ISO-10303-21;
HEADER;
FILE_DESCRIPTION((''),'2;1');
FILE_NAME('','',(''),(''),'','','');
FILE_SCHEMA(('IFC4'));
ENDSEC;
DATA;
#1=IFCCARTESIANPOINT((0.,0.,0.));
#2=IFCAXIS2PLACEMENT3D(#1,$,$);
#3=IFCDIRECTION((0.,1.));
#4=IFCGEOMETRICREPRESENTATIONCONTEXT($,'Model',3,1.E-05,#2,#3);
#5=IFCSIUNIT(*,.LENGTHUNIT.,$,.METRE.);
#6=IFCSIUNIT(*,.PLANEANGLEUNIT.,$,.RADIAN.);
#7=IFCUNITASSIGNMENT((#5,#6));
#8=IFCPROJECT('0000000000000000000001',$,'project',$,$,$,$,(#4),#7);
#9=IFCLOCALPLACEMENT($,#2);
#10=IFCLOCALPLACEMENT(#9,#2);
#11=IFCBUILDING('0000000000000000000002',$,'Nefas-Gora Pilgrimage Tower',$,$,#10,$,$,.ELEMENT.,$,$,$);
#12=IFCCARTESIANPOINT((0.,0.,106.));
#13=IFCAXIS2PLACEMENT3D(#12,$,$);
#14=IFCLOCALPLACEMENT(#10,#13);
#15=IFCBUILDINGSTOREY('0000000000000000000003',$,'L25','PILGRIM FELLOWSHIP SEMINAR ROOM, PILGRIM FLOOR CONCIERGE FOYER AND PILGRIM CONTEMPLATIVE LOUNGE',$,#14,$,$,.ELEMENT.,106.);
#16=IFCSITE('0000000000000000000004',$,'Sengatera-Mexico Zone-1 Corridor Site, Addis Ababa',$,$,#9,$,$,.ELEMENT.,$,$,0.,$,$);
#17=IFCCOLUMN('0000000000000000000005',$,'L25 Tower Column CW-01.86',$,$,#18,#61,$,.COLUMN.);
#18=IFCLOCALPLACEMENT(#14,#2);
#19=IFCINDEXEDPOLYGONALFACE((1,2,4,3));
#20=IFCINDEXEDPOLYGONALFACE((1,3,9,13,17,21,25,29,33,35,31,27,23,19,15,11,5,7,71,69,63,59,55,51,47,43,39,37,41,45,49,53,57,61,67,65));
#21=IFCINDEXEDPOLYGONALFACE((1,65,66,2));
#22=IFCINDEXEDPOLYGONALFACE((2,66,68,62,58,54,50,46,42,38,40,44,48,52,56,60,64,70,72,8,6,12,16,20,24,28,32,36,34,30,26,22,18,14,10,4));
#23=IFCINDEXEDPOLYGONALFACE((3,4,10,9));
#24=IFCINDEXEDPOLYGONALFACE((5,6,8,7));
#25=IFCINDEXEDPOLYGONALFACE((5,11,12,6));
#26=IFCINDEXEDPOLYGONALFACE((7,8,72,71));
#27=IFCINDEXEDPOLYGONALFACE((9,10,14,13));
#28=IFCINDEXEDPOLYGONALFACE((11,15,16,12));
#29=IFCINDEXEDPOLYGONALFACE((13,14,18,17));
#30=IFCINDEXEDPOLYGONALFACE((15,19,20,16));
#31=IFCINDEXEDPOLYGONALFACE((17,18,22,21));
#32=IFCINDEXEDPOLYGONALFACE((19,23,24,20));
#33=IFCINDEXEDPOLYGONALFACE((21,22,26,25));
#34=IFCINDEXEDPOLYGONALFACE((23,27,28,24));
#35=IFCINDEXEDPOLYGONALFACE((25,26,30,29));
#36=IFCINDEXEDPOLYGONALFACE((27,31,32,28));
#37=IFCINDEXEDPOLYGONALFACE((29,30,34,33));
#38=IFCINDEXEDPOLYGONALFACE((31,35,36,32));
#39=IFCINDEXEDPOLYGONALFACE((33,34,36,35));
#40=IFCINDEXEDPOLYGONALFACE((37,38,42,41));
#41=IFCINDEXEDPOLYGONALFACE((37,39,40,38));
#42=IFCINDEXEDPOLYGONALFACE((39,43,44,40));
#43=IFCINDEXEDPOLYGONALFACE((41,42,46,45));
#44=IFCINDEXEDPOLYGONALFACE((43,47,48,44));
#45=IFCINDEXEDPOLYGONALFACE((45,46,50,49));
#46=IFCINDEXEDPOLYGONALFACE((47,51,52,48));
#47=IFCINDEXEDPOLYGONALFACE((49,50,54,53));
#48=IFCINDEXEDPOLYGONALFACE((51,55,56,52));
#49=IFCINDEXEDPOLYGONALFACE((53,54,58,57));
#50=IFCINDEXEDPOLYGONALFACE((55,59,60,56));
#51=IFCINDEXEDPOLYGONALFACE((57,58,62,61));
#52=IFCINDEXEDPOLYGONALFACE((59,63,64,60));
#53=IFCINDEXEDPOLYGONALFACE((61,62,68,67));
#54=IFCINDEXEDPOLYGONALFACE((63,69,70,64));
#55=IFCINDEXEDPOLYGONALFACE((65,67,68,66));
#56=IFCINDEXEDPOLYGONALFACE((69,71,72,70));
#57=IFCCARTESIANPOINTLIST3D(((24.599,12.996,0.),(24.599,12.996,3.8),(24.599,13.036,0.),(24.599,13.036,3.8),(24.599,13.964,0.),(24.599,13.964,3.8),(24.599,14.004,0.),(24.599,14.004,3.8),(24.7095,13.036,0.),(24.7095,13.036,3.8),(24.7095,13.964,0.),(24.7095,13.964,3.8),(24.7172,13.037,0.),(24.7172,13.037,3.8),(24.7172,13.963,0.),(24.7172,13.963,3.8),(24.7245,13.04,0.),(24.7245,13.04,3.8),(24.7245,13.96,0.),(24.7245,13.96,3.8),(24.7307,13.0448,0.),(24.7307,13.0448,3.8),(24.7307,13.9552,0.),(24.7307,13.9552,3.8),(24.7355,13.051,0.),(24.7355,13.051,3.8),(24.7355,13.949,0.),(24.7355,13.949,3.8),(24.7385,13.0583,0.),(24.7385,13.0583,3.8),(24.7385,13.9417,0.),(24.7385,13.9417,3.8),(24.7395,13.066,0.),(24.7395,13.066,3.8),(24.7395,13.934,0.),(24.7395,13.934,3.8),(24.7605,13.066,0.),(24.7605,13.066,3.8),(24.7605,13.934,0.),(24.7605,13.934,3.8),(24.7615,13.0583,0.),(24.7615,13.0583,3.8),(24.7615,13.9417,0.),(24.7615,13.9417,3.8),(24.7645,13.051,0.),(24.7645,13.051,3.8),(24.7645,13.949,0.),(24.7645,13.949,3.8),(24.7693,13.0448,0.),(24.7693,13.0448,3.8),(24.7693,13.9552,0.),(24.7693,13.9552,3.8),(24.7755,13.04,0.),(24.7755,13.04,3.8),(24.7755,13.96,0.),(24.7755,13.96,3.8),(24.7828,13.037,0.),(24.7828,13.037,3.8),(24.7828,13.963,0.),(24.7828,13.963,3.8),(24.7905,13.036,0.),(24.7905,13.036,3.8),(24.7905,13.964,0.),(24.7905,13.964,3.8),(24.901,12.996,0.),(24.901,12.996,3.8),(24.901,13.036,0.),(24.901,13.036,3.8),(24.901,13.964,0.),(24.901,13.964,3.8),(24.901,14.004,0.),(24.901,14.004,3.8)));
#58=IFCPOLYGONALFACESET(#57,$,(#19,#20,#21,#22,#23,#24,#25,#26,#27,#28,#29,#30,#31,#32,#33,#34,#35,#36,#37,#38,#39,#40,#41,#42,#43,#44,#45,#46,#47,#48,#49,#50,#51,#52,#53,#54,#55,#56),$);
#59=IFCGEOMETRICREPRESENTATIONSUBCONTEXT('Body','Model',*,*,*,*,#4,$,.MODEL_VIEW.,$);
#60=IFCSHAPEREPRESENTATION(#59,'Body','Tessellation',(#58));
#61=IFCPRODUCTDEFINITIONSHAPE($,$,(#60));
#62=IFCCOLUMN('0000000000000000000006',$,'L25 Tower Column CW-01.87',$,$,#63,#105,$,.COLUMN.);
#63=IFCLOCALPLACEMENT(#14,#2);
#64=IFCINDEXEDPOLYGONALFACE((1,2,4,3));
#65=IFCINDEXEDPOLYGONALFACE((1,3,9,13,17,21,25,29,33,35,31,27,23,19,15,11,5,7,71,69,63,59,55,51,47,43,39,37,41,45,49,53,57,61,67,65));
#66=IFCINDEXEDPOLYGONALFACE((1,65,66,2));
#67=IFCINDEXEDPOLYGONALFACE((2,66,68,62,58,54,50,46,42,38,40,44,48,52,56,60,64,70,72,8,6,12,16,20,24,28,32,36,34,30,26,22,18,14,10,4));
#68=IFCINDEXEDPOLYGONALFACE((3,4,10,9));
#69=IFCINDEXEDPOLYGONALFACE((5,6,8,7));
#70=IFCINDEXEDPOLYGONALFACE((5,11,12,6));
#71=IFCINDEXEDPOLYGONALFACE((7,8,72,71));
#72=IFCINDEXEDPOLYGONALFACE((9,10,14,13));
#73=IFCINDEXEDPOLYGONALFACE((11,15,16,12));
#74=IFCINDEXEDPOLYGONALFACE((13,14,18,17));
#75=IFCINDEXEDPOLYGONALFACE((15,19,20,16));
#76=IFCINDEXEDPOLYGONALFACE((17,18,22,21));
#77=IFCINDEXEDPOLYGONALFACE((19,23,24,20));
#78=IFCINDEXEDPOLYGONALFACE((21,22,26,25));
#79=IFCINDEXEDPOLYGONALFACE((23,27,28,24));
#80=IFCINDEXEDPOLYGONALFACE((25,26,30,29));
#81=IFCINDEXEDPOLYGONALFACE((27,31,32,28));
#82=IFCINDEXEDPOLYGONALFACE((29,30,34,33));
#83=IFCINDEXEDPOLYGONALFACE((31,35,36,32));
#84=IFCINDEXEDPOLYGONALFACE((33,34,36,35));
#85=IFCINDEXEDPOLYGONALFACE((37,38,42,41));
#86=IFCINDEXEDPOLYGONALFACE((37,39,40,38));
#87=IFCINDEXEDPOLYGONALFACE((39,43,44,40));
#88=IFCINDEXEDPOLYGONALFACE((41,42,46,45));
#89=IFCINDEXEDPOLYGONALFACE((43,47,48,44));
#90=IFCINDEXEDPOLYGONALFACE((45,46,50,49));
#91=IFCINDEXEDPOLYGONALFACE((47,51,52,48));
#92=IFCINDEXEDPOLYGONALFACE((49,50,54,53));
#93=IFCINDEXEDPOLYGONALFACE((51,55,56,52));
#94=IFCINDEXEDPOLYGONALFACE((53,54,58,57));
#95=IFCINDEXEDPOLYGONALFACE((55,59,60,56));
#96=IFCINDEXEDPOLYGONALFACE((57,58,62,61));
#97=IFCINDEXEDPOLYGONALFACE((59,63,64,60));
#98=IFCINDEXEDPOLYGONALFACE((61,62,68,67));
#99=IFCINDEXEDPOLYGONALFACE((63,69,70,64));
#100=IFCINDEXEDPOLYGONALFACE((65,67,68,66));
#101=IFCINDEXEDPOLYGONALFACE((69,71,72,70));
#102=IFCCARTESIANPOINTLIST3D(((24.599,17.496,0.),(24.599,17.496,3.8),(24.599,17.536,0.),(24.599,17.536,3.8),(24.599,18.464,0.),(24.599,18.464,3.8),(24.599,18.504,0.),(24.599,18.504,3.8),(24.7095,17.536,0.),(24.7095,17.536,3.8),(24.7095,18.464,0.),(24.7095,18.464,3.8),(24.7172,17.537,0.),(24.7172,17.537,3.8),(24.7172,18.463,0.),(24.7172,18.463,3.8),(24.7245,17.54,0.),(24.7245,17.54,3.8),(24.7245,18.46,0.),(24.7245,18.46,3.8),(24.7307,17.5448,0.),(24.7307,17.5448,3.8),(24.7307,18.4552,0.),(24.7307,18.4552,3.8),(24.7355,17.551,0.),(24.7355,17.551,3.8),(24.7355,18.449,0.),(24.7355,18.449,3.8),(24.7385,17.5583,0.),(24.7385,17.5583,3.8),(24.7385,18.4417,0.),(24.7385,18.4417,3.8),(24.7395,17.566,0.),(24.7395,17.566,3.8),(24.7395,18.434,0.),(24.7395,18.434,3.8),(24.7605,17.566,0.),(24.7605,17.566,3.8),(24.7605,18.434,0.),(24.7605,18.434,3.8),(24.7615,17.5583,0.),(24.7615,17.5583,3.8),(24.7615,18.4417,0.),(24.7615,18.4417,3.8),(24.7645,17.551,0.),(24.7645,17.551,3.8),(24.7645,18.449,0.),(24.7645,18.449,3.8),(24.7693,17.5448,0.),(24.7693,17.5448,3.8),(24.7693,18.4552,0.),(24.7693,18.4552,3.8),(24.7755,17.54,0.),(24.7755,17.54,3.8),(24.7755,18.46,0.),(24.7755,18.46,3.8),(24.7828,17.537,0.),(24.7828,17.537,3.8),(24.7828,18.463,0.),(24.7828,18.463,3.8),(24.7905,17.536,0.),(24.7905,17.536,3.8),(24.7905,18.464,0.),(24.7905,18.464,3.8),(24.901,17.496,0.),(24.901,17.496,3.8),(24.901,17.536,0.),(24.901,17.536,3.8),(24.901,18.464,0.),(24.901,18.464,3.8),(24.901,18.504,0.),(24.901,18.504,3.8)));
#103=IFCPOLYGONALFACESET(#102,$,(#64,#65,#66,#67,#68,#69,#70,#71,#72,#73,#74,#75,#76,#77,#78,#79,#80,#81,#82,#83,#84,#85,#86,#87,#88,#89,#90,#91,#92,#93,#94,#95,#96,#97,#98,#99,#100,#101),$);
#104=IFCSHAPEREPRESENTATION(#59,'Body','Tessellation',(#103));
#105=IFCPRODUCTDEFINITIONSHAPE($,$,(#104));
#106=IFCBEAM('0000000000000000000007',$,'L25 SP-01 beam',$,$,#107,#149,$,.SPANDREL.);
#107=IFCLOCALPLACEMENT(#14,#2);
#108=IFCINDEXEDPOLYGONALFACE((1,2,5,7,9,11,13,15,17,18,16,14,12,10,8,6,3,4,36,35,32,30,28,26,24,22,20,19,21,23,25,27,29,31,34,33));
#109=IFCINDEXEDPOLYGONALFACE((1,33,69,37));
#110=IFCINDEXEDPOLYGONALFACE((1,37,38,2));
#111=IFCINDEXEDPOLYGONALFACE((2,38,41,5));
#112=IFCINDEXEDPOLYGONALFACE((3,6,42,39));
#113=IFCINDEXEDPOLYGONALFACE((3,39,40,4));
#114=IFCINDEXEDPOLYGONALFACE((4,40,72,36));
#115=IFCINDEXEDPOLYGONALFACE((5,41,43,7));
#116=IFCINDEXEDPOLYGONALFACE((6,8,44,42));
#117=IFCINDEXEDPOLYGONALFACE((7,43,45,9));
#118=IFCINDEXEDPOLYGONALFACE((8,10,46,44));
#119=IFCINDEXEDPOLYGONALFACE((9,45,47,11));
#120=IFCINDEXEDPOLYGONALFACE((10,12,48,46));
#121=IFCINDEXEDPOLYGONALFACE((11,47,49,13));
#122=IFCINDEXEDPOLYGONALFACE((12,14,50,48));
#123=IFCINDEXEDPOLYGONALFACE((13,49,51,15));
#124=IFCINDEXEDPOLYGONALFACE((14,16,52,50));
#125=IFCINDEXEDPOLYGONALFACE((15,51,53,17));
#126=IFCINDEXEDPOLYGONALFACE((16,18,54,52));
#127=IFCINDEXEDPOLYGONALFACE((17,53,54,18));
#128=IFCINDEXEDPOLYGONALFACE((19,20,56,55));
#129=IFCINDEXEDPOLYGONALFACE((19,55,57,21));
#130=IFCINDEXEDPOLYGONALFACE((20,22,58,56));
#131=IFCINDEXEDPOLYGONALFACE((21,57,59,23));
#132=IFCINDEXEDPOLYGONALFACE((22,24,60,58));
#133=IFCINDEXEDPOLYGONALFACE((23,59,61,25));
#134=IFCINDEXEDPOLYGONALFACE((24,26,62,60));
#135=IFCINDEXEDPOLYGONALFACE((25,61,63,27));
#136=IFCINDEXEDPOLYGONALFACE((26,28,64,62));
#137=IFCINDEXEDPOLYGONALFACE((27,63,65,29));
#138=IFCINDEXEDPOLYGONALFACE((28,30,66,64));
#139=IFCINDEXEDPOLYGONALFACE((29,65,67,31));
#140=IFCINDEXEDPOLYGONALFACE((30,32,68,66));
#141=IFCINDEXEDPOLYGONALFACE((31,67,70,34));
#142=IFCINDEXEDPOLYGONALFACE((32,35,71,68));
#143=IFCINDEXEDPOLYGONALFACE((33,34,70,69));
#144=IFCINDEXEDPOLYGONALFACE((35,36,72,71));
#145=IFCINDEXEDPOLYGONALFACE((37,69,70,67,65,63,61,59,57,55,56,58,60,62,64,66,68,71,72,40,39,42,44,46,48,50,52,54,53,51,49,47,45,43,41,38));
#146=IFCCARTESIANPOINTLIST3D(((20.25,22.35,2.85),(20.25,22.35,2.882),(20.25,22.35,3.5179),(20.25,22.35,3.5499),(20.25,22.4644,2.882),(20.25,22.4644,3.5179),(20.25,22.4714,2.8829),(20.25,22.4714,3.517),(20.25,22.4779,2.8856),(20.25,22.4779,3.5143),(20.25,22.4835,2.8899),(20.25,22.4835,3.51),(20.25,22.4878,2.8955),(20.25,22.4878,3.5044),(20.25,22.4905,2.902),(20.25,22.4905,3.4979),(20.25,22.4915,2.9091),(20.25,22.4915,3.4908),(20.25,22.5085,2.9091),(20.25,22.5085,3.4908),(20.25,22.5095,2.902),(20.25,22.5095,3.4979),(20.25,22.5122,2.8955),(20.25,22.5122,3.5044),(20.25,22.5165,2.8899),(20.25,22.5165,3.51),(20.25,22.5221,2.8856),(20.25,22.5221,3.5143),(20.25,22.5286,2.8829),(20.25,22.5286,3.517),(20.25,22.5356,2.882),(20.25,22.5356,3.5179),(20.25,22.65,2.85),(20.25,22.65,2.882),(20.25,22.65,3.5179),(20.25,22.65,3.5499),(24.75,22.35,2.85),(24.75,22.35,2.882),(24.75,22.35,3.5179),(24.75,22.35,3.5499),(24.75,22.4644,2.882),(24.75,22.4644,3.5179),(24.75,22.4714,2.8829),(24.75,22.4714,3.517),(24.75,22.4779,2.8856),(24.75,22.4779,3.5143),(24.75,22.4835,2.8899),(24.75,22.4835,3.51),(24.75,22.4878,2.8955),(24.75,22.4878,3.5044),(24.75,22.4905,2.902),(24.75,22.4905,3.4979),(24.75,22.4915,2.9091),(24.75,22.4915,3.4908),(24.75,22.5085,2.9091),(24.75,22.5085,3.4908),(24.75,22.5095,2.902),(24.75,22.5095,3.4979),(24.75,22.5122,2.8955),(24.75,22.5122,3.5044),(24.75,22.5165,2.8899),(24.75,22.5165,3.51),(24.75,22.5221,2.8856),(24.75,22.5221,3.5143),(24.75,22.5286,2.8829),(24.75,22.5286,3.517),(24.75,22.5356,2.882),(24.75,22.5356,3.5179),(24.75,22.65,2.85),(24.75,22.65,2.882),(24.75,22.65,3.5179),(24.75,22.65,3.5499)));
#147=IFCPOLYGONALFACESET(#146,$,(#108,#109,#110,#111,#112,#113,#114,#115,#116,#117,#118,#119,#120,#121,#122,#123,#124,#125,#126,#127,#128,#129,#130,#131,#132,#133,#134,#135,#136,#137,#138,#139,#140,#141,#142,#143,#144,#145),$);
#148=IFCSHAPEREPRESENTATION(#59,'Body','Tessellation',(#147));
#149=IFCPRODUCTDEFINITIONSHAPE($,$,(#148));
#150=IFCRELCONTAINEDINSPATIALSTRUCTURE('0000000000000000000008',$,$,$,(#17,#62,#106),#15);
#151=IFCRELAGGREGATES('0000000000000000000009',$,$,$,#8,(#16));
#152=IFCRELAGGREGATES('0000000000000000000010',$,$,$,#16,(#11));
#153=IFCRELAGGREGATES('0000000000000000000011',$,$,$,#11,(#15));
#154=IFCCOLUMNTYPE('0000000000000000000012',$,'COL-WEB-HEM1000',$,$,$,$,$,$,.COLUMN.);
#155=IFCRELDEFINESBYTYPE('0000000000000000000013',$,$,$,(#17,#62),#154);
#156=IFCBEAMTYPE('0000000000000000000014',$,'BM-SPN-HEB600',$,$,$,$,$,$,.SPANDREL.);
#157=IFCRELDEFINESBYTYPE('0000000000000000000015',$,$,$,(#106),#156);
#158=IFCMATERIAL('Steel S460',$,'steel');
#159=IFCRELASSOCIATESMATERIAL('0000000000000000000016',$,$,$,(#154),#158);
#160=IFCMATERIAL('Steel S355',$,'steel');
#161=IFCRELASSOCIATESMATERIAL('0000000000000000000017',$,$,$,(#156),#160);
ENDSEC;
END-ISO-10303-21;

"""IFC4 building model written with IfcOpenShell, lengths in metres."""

from ifc_helpers import new_model, si_unit, direction, frame, origin, origin_2d, place, context, subcontext, project, spatial, i_section, extrude, source, transform, mapped, material, material_profile, profile_set, type_object, element, save


model = new_model("IFC4")

# Units and contexts
model_context = context("Model", 3, precision=1e-05, world=origin(), true_north=direction((0.0, 1.0)))
body_context = subcontext(model_context, "Body", "Model", "MODEL_VIEW")
ifc_project = project(units=[si_unit("LENGTHUNIT", "METRE"), si_unit("PLANEANGLEUNIT", "RADIAN")], contexts=[model_context])

# Site, building, storey
site_placement = place(None, origin())
site = spatial("IfcSite", under=ifc_project, at=site_placement, Name="Sengatera-Mexico Zone-1 Corridor Site, Addis Ababa", CompositionType="ELEMENT", RefElevation=0.0)
building_placement = place(site_placement, origin())
building = spatial("IfcBuilding", under=site, at=building_placement, Name="Nefas-Gora Pilgrimage Tower", CompositionType="ELEMENT")
storey_placement = place(building_placement, frame((0.0, 0.0, 106.0)))
storey = spatial("IfcBuildingStorey", under=building, at=storey_placement, Name="L25", Description="PILGRIM FELLOWSHIP SEMINAR ROOM, PILGRIM FLOOR CONCIERGE FOYER AND PILGRIM CONTEMPLATIVE LOUNGE", CompositionType="ELEMENT", Elevation=106.0)

# Columns
ifc_material_1 = material(Name="Steel S460", Category="steel")
ifc_material_profile_1 = material_profile(ifc_material_1, i_section(OverallWidth=0.302, OverallDepth=1.0081, WebThickness=0.021, FlangeThickness=0.04, FilletRadius=0.03, at=origin_2d()), Name="HEM 1000")
ifc_profile_set_1 = profile_set([ifc_material_profile_1], Name="Steel S460")
column_type_1 = type_object("IfcColumnType", Name="COL-WEB-HEM1000", PredefinedType="COLUMN", material=ifc_profile_set_1)
shared_shape_1 = source(origin(), body_context, "Body", "SweptSolid", [
    extrude(i_section(OverallWidth=0.302, OverallDepth=1.0081, WebThickness=0.021, FlangeThickness=0.04, FilletRadius=0.03, at=origin_2d()), origin(), (0.0, 0.0, 1.0), 3.8),
])
for number, where, z_axis, x_axis, name in (
    (1, (24.75, 13.5, 0.0), (0.0, 0.0, 1.0), (1.0, 0.0, 0.0), "L25 Tower Column CW-01.86"),
    (2, (24.75, 18.0, 0.0), (0.0, 0.0, 1.0), (1.0, 0.0, 0.0), "L25 Tower Column CW-01.87"),
):
    element("IfcColumn", number, at=place(storey_placement, frame(where, z_axis=z_axis, x_axis=x_axis)), inside=storey, type_object=column_type_1, Name=name, PredefinedType="COLUMN", context=body_context, shape_type="MappedRepresentation", body=[
        mapped(shared_shape_1, transform((0.0, 0.0, 0.0), x_axis=(1.0, 0.0, 0.0), y_axis=(0.0, 1.0, 0.0), z_axis=(0.0, 0.0, 1.0), scale=1.0)),
    ])

# Beam
ifc_material_2 = material(Name="Steel S355", Category="steel")
ifc_material_profile_2 = material_profile(ifc_material_2, i_section(OverallWidth=0.3, OverallDepth=0.7, WebThickness=0.0171, FlangeThickness=0.032, FilletRadius=0.0271, at=origin_2d()), Name="HEB 700")
ifc_profile_set_2 = profile_set([ifc_material_profile_2], Name="Steel S355")
beam_type_1 = type_object("IfcBeamType", Name="BM-SPN-HEB600", PredefinedType="SPANDREL", material=ifc_profile_set_2)
shared_shape_2 = source(origin(), body_context, "Body", "SweptSolid", [
    extrude(i_section(OverallWidth=0.3, OverallDepth=0.7, WebThickness=0.0171, FlangeThickness=0.032, FilletRadius=0.0271, at=origin_2d()), origin(), (0.0, 0.0, 1.0), 4.5),
])
beam_1_placement = place(storey_placement, frame((20.25, 22.5, 3.2), z_axis=(1.0, 0.0, 0.0), x_axis=(0.0, 1.0, 0.0)))
element("IfcBeam", 3, at=beam_1_placement, inside=storey, type_object=beam_type_1, Name="L25 SP-01 beam", PredefinedType="SPANDREL", context=body_context, shape_type="MappedRepresentation", body=[
    mapped(shared_shape_2, transform((0.0, 0.0, 0.0), x_axis=(1.0, 0.0, 0.0), y_axis=(0.0, 1.0, 0.0), z_axis=(0.0, 0.0, 1.0), scale=1.0)),
])

save(model, "model.ifc")
